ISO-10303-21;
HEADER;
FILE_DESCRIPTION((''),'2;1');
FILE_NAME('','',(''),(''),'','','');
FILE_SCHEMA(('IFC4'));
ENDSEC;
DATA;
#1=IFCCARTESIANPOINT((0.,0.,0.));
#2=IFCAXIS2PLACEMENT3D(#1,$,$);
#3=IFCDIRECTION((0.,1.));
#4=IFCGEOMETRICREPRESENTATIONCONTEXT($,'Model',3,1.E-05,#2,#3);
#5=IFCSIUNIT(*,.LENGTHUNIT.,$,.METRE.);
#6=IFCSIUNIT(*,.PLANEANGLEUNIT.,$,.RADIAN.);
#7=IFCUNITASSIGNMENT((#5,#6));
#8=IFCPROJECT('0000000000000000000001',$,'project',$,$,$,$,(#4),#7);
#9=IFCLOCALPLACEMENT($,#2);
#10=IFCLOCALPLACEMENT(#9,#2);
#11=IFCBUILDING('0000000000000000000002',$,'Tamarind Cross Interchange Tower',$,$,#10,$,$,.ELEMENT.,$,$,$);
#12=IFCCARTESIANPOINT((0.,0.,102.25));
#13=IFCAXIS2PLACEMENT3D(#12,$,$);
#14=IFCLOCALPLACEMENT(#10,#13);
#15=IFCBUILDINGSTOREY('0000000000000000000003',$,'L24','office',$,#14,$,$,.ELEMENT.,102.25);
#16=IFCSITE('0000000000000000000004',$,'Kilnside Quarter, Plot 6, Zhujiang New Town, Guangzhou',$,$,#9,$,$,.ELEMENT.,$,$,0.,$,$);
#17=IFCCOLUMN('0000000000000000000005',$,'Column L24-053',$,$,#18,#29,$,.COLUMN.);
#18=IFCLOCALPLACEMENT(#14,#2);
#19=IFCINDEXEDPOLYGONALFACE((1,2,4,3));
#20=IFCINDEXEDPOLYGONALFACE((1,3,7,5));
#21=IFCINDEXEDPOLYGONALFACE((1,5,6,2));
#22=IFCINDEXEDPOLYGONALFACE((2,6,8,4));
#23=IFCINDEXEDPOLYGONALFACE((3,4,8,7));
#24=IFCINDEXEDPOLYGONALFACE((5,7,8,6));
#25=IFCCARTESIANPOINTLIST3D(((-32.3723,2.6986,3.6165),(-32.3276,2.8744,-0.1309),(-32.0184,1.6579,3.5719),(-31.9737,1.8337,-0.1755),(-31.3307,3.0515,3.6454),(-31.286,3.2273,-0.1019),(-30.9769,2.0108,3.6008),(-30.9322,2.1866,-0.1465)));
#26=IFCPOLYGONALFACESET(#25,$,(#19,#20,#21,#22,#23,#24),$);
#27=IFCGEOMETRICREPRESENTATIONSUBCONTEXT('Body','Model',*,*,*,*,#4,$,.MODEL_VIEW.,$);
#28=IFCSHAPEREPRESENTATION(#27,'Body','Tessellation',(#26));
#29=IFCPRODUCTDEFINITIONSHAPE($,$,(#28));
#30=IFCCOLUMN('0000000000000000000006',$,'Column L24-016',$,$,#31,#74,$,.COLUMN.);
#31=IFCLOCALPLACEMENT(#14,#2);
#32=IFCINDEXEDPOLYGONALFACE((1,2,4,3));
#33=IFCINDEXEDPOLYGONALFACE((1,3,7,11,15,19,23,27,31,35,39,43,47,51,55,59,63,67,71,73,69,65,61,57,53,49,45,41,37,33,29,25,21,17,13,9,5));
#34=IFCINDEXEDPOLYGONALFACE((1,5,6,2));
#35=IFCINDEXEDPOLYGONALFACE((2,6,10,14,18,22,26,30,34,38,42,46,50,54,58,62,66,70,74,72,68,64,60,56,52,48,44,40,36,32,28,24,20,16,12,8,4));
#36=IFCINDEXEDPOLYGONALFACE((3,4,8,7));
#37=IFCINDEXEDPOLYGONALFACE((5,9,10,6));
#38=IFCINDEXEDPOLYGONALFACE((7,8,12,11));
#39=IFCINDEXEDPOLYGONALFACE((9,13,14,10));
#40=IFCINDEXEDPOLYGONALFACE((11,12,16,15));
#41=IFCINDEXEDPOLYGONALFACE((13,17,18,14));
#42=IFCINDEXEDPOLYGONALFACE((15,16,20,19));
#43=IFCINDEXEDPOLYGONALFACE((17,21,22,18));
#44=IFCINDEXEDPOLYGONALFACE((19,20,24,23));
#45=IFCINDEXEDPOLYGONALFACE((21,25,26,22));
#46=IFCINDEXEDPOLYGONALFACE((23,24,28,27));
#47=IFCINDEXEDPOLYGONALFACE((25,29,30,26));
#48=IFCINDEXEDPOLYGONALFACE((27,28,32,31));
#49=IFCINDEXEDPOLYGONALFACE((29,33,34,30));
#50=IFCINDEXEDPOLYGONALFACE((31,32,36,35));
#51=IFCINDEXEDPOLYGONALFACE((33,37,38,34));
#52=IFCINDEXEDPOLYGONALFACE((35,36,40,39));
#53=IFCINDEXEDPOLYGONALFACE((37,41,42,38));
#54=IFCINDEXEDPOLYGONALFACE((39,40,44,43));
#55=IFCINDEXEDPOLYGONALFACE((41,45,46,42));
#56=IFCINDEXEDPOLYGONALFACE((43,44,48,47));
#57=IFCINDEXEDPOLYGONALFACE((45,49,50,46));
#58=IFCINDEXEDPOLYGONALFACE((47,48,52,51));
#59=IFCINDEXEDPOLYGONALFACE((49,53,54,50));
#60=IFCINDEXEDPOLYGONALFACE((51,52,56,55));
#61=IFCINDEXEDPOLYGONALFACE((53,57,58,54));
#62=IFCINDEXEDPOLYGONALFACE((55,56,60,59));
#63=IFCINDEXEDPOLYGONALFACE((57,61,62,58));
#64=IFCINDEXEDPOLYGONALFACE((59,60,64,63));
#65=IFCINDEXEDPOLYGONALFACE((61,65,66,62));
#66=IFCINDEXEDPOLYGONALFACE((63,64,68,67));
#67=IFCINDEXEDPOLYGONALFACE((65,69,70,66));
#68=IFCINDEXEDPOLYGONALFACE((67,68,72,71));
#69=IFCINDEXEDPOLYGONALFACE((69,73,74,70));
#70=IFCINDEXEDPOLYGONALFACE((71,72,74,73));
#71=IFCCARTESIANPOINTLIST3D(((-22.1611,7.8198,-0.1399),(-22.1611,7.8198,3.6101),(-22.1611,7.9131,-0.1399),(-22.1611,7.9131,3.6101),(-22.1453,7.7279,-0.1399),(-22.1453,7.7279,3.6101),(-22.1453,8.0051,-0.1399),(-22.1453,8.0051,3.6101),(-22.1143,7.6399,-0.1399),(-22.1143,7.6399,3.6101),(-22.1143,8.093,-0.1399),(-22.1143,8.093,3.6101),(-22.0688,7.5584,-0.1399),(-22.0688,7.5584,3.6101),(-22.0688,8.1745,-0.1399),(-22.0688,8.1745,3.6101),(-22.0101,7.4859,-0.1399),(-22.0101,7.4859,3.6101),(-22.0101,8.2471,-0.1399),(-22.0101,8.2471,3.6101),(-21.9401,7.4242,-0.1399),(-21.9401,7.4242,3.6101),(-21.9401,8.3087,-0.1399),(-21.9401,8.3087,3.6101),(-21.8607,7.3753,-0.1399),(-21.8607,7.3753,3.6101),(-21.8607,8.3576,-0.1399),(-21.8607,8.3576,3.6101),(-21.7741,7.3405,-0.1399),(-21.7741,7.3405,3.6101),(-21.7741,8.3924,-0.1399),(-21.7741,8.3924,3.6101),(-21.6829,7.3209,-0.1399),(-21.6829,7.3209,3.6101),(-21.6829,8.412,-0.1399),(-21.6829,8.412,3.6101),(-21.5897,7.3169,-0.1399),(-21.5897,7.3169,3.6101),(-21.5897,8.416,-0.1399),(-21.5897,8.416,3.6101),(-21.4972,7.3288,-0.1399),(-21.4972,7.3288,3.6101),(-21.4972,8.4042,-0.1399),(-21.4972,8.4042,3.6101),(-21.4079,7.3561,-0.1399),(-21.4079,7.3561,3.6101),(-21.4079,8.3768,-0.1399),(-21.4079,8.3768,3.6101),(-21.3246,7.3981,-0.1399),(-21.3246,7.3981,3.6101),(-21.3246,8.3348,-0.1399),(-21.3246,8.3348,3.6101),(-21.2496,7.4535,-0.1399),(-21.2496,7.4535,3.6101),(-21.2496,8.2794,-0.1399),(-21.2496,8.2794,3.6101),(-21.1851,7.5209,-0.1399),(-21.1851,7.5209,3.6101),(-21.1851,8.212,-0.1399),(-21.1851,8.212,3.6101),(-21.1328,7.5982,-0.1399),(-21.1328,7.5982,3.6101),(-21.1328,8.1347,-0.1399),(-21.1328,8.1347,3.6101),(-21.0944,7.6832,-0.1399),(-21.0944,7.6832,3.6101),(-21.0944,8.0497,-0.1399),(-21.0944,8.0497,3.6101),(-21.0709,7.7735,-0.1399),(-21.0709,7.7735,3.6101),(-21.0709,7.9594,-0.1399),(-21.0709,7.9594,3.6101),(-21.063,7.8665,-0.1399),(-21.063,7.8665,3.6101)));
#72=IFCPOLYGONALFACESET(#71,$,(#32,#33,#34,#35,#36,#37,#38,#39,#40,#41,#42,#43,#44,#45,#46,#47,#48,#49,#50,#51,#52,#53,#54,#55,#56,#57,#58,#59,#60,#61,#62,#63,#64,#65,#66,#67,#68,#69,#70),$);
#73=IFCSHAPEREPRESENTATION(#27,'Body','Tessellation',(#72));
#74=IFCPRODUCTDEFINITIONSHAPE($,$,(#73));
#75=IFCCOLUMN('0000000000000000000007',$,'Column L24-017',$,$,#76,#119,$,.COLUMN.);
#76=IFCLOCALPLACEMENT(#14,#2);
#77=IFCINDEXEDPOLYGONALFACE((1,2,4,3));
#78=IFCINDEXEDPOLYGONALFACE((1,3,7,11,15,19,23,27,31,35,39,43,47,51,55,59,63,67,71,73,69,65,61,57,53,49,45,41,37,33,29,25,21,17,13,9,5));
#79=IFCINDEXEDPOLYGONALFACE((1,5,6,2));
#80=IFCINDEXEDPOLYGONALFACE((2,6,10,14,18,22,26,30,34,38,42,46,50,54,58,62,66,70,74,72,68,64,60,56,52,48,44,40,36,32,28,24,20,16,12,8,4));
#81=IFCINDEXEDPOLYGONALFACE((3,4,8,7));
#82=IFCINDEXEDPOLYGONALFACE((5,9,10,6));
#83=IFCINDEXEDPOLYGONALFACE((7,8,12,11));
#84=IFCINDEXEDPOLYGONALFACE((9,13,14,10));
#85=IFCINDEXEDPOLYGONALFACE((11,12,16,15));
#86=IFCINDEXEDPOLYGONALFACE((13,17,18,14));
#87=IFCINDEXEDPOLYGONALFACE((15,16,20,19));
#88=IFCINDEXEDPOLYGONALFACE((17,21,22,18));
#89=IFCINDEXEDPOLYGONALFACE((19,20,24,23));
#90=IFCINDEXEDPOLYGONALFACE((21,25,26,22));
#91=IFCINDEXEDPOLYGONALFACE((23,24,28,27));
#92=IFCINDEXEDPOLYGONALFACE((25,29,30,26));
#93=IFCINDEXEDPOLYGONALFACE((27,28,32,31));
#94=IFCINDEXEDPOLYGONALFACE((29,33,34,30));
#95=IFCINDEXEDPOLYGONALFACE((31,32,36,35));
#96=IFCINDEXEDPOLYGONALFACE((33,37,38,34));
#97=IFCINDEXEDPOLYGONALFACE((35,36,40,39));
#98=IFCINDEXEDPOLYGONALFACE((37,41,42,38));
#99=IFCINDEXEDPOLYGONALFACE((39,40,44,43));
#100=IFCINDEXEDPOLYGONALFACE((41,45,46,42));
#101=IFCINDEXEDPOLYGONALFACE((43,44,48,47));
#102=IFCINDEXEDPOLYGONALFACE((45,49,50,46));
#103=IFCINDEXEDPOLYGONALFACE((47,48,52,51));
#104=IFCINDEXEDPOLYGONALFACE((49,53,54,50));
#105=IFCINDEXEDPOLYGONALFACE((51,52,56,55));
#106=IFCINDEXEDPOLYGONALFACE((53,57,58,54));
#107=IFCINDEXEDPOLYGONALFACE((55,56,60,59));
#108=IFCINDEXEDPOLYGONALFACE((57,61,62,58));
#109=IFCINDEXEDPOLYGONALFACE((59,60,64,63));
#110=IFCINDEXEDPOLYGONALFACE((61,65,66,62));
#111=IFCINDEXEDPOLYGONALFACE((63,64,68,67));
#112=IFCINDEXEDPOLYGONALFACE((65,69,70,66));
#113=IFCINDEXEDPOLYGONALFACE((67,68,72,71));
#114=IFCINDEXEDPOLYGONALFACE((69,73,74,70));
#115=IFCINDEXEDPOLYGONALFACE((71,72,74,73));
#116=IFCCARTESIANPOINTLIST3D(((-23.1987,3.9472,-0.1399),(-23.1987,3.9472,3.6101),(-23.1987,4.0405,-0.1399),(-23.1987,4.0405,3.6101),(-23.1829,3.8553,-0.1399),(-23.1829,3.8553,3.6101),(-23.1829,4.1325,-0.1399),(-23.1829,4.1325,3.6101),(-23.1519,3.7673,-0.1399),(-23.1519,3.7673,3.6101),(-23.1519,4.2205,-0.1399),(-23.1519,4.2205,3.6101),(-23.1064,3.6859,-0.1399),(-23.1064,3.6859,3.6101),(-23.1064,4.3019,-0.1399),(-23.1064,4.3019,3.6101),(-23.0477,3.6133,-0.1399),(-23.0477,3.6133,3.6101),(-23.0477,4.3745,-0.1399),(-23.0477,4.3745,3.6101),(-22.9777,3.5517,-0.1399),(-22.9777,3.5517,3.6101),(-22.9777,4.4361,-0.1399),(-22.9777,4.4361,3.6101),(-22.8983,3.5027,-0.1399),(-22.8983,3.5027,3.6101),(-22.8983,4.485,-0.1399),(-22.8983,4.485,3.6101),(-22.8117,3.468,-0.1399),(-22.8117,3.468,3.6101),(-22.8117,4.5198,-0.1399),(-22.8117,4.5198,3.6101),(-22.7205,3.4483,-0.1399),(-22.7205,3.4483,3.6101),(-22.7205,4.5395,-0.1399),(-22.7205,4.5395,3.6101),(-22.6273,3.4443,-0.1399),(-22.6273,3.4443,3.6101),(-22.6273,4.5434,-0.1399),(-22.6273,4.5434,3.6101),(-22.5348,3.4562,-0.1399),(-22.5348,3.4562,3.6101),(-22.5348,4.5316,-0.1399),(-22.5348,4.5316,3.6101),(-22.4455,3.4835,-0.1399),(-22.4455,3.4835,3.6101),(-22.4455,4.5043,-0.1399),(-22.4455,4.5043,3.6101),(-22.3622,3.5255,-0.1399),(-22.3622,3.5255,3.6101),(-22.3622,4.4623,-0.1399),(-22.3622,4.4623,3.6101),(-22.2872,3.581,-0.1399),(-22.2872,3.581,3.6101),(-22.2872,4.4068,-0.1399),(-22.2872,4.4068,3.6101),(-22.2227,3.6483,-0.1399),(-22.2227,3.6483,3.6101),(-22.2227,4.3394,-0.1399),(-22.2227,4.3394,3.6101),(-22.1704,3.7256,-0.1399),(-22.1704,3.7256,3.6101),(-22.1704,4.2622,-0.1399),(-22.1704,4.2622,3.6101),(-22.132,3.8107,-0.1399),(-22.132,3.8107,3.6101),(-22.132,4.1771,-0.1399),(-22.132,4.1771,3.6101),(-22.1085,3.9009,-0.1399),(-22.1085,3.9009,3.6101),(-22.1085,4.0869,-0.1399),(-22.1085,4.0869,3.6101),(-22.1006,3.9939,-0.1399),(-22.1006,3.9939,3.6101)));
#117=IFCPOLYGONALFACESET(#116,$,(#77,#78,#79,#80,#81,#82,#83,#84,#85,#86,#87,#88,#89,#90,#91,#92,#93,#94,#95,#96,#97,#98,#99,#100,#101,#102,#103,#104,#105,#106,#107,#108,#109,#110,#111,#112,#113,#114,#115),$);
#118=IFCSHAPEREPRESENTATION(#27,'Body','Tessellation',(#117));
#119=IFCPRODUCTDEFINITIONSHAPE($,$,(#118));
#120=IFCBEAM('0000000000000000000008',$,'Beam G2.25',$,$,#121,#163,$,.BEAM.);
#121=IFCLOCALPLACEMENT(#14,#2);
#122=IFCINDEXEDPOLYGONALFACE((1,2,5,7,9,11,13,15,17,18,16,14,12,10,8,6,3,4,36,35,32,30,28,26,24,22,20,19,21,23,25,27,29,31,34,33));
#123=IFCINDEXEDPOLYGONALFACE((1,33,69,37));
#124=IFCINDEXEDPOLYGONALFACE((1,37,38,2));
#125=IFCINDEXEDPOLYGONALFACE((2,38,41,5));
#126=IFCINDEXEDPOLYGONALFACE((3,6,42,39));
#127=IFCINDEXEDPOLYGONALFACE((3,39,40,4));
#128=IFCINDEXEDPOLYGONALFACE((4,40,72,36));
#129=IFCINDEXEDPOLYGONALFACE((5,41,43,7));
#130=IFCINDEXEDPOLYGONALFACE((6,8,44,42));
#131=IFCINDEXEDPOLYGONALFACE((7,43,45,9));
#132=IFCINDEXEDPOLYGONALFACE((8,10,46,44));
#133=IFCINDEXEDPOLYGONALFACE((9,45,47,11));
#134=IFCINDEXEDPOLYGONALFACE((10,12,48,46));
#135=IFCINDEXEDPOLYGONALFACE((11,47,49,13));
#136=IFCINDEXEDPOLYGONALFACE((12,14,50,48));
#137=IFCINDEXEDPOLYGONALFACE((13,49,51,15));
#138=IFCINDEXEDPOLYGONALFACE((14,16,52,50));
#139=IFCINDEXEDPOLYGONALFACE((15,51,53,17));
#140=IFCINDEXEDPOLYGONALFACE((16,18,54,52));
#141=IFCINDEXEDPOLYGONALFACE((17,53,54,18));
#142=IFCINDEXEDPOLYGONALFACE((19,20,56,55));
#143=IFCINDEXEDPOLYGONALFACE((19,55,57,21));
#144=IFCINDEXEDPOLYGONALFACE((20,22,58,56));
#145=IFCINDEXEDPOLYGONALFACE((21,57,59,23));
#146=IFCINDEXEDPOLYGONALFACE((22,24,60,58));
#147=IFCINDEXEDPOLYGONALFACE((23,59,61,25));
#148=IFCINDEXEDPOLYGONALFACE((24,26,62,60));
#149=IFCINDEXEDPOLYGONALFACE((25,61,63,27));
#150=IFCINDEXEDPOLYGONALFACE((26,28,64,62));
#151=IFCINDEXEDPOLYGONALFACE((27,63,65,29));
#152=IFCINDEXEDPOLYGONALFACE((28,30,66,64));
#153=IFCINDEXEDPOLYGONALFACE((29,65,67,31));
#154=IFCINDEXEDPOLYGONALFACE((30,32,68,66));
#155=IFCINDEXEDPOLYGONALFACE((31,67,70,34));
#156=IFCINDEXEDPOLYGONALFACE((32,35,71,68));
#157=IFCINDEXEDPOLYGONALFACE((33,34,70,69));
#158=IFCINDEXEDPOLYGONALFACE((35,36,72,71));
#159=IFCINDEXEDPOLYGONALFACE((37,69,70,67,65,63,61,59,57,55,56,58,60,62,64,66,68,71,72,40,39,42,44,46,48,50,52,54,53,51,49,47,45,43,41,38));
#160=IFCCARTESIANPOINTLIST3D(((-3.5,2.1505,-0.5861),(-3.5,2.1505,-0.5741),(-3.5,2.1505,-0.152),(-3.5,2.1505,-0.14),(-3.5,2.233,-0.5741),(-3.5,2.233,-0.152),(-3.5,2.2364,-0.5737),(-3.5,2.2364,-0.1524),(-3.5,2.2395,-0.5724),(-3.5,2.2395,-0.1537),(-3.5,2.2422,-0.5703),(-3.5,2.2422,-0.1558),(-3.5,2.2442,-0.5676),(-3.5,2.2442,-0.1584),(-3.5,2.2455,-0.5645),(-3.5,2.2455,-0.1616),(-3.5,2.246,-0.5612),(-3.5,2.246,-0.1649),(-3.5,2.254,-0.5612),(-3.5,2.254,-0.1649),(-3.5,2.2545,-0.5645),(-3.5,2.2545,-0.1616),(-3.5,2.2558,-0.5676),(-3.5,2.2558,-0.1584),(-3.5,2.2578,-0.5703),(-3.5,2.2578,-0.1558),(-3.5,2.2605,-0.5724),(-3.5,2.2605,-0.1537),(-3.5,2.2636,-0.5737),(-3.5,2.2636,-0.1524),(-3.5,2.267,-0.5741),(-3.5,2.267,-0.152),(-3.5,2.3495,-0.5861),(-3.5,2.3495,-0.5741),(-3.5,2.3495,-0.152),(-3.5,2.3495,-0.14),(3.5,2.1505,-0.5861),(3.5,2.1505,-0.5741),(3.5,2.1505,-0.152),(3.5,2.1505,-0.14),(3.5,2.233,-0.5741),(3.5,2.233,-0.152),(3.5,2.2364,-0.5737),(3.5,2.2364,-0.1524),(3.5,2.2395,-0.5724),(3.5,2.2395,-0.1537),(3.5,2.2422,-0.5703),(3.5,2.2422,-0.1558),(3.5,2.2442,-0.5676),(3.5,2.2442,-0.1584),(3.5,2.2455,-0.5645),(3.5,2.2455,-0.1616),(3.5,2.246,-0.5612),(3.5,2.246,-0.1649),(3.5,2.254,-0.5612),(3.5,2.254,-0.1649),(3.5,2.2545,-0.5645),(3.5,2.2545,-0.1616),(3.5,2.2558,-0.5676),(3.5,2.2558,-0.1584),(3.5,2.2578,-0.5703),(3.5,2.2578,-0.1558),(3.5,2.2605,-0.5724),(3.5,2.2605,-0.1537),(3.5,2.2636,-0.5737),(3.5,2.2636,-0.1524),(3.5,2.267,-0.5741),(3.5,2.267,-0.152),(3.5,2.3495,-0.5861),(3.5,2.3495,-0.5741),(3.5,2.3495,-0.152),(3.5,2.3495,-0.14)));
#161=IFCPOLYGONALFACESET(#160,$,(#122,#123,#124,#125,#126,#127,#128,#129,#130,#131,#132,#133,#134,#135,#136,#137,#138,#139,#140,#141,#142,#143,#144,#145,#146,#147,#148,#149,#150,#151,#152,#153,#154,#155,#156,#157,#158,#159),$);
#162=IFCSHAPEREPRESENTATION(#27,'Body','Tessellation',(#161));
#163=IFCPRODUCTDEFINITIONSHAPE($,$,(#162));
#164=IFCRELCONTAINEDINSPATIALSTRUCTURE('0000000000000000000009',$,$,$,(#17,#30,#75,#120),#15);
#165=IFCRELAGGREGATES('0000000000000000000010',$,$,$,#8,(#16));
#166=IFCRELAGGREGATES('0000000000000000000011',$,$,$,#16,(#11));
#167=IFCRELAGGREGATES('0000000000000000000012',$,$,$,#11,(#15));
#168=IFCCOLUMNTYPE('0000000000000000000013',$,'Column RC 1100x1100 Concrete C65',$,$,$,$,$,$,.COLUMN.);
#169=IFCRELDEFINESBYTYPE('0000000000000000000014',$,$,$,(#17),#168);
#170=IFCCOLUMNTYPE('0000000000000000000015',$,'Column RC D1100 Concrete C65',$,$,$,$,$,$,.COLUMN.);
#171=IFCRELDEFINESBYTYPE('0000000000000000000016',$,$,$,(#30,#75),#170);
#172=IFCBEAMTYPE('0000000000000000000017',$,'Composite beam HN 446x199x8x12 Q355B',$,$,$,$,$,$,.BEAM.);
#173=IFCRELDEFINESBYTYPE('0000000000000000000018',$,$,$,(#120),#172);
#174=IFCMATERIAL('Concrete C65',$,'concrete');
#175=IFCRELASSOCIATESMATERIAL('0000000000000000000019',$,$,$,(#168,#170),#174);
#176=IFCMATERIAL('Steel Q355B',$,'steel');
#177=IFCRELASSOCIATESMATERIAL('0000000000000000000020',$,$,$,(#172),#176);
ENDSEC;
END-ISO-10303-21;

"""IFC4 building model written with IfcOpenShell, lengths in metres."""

from ifc_helpers import new_model, si_unit, direction, frame, origin, origin_2d, place, context, subcontext, project, spatial, rectangle, circle, i_section, extrude, material, material_profile, profile_set, type_object, element, save


model = new_model("IFC4")

# Units and contexts
model_context = context("Model", 3, precision=1e-05, world=origin(), true_north=direction((0.0, 1.0)))
body_context = subcontext(model_context, "Body", "Model", "MODEL_VIEW")
ifc_project = project(units=[si_unit("LENGTHUNIT", "METRE"), si_unit("PLANEANGLEUNIT", "RADIAN")], contexts=[model_context])

# Site, building, storey
site_placement = place(None, origin())
site = spatial("IfcSite", under=ifc_project, at=site_placement, Name="Kilnside Quarter, Plot 6, Zhujiang New Town, Guangzhou", CompositionType="ELEMENT", RefElevation=0.0)
building_placement = place(site_placement, origin())
building = spatial("IfcBuilding", under=site, at=building_placement, Name="Tamarind Cross Interchange Tower", CompositionType="ELEMENT")
storey_placement = place(building_placement, frame((0.0, 0.0, 102.25)))
storey = spatial("IfcBuildingStorey", under=building, at=storey_placement, Name="L24", Description="office", CompositionType="ELEMENT", Elevation=102.25)

# Columns
ifc_material_1 = material(Name="Concrete C65", Category="concrete")
ifc_material_profile_1 = material_profile(ifc_material_1, rectangle(XDim=1.1001, YDim=1.1001, at=origin_2d()), Name="RC 1100x1100")
ifc_profile_set_1 = profile_set([ifc_material_profile_1], Name="Concrete C65")
column_type_1 = type_object("IfcColumnType", Name="Column RC 1100x1100 Concrete C65", PredefinedType="COLUMN", material=ifc_profile_set_1)
column_placement = place(storey_placement, frame((-31.6299, 2.5305, -0.1387), z_axis=(-0.011909, -0.046854, 0.998831), x_axis=(0.946788, 0.320778, 0.026335)))
element("IfcColumn", 1, at=column_placement, inside=storey, type_object=column_type_1, Name="Column L24-053", PredefinedType="COLUMN", context=body_context, shape_type="SweptSolid", body=[
    extrude(rectangle(XDim=1.1001, YDim=1.1001, at=origin_2d()), origin(), (0.0, 0.0, 1.0), 3.7517),
])
ifc_material_profile_2 = material_profile(ifc_material_1, circle(Radius=0.55, at=origin_2d()), Name="RC D1100")
ifc_profile_set_2 = profile_set([ifc_material_profile_2], Name="Concrete C65")
column_type_2 = type_object("IfcColumnType", Name="Column RC D1100 Concrete C65", PredefinedType="COLUMN", material=ifc_profile_set_2)
for number, where, z_axis, x_axis, name in (
    (2, (-21.613, 7.8665, -0.1399), (0.0, 0.0, 1.0), (1.0, 0.0, 0.0), "Column L24-016"),
    (3, (-22.6506, 3.9939, -0.1399), (0.0, 0.0, 1.0), (1.0, 0.0, 0.0), "Column L24-017"),
):
    element("IfcColumn", number, at=place(storey_placement, frame(where, z_axis=z_axis, x_axis=x_axis)), inside=storey, type_object=column_type_2, Name=name, PredefinedType="COLUMN", context=body_context, shape_type="SweptSolid", body=[
        extrude(circle(Radius=0.55, at=origin_2d()), origin(), (0.0, 0.0, 1.0), 3.75),
    ])

# Beam
ifc_material_2 = material(Name="Steel Q355B", Category="steel")
ifc_material_profile_3 = material_profile(ifc_material_2, i_section(OverallWidth=0.199, OverallDepth=0.446, WebThickness=0.0081, FlangeThickness=0.012, FilletRadius=0.0129, at=origin_2d()), Name="HN 446x199x8x12")
ifc_profile_set_3 = profile_set([ifc_material_profile_3], Name="Steel Q355B")
beam_type_1 = type_object("IfcBeamType", Name="Composite beam HN 446x199x8x12 Q355B", PredefinedType="BEAM", material=ifc_profile_set_3)
for number, where, z_axis, x_axis, name in (
    (4, (-3.5, 2.25, -0.363), (1.0, 0.0, 0.0), (0.0, 1.0, 0.0), "Beam G2.25"),
):
    element("IfcBeam", number, at=place(storey_placement, frame(where, z_axis=z_axis, x_axis=x_axis)), inside=storey, type_object=beam_type_1, Name=name, PredefinedType="BEAM", context=body_context, shape_type="SweptSolid", body=[
        extrude(i_section(OverallWidth=0.199, OverallDepth=0.446, WebThickness=0.0081, FlangeThickness=0.012, FilletRadius=0.0129, at=origin_2d()), origin(), (0.0, 0.0, 1.0), 7.0),
    ])

save(model, "model.ifc")
